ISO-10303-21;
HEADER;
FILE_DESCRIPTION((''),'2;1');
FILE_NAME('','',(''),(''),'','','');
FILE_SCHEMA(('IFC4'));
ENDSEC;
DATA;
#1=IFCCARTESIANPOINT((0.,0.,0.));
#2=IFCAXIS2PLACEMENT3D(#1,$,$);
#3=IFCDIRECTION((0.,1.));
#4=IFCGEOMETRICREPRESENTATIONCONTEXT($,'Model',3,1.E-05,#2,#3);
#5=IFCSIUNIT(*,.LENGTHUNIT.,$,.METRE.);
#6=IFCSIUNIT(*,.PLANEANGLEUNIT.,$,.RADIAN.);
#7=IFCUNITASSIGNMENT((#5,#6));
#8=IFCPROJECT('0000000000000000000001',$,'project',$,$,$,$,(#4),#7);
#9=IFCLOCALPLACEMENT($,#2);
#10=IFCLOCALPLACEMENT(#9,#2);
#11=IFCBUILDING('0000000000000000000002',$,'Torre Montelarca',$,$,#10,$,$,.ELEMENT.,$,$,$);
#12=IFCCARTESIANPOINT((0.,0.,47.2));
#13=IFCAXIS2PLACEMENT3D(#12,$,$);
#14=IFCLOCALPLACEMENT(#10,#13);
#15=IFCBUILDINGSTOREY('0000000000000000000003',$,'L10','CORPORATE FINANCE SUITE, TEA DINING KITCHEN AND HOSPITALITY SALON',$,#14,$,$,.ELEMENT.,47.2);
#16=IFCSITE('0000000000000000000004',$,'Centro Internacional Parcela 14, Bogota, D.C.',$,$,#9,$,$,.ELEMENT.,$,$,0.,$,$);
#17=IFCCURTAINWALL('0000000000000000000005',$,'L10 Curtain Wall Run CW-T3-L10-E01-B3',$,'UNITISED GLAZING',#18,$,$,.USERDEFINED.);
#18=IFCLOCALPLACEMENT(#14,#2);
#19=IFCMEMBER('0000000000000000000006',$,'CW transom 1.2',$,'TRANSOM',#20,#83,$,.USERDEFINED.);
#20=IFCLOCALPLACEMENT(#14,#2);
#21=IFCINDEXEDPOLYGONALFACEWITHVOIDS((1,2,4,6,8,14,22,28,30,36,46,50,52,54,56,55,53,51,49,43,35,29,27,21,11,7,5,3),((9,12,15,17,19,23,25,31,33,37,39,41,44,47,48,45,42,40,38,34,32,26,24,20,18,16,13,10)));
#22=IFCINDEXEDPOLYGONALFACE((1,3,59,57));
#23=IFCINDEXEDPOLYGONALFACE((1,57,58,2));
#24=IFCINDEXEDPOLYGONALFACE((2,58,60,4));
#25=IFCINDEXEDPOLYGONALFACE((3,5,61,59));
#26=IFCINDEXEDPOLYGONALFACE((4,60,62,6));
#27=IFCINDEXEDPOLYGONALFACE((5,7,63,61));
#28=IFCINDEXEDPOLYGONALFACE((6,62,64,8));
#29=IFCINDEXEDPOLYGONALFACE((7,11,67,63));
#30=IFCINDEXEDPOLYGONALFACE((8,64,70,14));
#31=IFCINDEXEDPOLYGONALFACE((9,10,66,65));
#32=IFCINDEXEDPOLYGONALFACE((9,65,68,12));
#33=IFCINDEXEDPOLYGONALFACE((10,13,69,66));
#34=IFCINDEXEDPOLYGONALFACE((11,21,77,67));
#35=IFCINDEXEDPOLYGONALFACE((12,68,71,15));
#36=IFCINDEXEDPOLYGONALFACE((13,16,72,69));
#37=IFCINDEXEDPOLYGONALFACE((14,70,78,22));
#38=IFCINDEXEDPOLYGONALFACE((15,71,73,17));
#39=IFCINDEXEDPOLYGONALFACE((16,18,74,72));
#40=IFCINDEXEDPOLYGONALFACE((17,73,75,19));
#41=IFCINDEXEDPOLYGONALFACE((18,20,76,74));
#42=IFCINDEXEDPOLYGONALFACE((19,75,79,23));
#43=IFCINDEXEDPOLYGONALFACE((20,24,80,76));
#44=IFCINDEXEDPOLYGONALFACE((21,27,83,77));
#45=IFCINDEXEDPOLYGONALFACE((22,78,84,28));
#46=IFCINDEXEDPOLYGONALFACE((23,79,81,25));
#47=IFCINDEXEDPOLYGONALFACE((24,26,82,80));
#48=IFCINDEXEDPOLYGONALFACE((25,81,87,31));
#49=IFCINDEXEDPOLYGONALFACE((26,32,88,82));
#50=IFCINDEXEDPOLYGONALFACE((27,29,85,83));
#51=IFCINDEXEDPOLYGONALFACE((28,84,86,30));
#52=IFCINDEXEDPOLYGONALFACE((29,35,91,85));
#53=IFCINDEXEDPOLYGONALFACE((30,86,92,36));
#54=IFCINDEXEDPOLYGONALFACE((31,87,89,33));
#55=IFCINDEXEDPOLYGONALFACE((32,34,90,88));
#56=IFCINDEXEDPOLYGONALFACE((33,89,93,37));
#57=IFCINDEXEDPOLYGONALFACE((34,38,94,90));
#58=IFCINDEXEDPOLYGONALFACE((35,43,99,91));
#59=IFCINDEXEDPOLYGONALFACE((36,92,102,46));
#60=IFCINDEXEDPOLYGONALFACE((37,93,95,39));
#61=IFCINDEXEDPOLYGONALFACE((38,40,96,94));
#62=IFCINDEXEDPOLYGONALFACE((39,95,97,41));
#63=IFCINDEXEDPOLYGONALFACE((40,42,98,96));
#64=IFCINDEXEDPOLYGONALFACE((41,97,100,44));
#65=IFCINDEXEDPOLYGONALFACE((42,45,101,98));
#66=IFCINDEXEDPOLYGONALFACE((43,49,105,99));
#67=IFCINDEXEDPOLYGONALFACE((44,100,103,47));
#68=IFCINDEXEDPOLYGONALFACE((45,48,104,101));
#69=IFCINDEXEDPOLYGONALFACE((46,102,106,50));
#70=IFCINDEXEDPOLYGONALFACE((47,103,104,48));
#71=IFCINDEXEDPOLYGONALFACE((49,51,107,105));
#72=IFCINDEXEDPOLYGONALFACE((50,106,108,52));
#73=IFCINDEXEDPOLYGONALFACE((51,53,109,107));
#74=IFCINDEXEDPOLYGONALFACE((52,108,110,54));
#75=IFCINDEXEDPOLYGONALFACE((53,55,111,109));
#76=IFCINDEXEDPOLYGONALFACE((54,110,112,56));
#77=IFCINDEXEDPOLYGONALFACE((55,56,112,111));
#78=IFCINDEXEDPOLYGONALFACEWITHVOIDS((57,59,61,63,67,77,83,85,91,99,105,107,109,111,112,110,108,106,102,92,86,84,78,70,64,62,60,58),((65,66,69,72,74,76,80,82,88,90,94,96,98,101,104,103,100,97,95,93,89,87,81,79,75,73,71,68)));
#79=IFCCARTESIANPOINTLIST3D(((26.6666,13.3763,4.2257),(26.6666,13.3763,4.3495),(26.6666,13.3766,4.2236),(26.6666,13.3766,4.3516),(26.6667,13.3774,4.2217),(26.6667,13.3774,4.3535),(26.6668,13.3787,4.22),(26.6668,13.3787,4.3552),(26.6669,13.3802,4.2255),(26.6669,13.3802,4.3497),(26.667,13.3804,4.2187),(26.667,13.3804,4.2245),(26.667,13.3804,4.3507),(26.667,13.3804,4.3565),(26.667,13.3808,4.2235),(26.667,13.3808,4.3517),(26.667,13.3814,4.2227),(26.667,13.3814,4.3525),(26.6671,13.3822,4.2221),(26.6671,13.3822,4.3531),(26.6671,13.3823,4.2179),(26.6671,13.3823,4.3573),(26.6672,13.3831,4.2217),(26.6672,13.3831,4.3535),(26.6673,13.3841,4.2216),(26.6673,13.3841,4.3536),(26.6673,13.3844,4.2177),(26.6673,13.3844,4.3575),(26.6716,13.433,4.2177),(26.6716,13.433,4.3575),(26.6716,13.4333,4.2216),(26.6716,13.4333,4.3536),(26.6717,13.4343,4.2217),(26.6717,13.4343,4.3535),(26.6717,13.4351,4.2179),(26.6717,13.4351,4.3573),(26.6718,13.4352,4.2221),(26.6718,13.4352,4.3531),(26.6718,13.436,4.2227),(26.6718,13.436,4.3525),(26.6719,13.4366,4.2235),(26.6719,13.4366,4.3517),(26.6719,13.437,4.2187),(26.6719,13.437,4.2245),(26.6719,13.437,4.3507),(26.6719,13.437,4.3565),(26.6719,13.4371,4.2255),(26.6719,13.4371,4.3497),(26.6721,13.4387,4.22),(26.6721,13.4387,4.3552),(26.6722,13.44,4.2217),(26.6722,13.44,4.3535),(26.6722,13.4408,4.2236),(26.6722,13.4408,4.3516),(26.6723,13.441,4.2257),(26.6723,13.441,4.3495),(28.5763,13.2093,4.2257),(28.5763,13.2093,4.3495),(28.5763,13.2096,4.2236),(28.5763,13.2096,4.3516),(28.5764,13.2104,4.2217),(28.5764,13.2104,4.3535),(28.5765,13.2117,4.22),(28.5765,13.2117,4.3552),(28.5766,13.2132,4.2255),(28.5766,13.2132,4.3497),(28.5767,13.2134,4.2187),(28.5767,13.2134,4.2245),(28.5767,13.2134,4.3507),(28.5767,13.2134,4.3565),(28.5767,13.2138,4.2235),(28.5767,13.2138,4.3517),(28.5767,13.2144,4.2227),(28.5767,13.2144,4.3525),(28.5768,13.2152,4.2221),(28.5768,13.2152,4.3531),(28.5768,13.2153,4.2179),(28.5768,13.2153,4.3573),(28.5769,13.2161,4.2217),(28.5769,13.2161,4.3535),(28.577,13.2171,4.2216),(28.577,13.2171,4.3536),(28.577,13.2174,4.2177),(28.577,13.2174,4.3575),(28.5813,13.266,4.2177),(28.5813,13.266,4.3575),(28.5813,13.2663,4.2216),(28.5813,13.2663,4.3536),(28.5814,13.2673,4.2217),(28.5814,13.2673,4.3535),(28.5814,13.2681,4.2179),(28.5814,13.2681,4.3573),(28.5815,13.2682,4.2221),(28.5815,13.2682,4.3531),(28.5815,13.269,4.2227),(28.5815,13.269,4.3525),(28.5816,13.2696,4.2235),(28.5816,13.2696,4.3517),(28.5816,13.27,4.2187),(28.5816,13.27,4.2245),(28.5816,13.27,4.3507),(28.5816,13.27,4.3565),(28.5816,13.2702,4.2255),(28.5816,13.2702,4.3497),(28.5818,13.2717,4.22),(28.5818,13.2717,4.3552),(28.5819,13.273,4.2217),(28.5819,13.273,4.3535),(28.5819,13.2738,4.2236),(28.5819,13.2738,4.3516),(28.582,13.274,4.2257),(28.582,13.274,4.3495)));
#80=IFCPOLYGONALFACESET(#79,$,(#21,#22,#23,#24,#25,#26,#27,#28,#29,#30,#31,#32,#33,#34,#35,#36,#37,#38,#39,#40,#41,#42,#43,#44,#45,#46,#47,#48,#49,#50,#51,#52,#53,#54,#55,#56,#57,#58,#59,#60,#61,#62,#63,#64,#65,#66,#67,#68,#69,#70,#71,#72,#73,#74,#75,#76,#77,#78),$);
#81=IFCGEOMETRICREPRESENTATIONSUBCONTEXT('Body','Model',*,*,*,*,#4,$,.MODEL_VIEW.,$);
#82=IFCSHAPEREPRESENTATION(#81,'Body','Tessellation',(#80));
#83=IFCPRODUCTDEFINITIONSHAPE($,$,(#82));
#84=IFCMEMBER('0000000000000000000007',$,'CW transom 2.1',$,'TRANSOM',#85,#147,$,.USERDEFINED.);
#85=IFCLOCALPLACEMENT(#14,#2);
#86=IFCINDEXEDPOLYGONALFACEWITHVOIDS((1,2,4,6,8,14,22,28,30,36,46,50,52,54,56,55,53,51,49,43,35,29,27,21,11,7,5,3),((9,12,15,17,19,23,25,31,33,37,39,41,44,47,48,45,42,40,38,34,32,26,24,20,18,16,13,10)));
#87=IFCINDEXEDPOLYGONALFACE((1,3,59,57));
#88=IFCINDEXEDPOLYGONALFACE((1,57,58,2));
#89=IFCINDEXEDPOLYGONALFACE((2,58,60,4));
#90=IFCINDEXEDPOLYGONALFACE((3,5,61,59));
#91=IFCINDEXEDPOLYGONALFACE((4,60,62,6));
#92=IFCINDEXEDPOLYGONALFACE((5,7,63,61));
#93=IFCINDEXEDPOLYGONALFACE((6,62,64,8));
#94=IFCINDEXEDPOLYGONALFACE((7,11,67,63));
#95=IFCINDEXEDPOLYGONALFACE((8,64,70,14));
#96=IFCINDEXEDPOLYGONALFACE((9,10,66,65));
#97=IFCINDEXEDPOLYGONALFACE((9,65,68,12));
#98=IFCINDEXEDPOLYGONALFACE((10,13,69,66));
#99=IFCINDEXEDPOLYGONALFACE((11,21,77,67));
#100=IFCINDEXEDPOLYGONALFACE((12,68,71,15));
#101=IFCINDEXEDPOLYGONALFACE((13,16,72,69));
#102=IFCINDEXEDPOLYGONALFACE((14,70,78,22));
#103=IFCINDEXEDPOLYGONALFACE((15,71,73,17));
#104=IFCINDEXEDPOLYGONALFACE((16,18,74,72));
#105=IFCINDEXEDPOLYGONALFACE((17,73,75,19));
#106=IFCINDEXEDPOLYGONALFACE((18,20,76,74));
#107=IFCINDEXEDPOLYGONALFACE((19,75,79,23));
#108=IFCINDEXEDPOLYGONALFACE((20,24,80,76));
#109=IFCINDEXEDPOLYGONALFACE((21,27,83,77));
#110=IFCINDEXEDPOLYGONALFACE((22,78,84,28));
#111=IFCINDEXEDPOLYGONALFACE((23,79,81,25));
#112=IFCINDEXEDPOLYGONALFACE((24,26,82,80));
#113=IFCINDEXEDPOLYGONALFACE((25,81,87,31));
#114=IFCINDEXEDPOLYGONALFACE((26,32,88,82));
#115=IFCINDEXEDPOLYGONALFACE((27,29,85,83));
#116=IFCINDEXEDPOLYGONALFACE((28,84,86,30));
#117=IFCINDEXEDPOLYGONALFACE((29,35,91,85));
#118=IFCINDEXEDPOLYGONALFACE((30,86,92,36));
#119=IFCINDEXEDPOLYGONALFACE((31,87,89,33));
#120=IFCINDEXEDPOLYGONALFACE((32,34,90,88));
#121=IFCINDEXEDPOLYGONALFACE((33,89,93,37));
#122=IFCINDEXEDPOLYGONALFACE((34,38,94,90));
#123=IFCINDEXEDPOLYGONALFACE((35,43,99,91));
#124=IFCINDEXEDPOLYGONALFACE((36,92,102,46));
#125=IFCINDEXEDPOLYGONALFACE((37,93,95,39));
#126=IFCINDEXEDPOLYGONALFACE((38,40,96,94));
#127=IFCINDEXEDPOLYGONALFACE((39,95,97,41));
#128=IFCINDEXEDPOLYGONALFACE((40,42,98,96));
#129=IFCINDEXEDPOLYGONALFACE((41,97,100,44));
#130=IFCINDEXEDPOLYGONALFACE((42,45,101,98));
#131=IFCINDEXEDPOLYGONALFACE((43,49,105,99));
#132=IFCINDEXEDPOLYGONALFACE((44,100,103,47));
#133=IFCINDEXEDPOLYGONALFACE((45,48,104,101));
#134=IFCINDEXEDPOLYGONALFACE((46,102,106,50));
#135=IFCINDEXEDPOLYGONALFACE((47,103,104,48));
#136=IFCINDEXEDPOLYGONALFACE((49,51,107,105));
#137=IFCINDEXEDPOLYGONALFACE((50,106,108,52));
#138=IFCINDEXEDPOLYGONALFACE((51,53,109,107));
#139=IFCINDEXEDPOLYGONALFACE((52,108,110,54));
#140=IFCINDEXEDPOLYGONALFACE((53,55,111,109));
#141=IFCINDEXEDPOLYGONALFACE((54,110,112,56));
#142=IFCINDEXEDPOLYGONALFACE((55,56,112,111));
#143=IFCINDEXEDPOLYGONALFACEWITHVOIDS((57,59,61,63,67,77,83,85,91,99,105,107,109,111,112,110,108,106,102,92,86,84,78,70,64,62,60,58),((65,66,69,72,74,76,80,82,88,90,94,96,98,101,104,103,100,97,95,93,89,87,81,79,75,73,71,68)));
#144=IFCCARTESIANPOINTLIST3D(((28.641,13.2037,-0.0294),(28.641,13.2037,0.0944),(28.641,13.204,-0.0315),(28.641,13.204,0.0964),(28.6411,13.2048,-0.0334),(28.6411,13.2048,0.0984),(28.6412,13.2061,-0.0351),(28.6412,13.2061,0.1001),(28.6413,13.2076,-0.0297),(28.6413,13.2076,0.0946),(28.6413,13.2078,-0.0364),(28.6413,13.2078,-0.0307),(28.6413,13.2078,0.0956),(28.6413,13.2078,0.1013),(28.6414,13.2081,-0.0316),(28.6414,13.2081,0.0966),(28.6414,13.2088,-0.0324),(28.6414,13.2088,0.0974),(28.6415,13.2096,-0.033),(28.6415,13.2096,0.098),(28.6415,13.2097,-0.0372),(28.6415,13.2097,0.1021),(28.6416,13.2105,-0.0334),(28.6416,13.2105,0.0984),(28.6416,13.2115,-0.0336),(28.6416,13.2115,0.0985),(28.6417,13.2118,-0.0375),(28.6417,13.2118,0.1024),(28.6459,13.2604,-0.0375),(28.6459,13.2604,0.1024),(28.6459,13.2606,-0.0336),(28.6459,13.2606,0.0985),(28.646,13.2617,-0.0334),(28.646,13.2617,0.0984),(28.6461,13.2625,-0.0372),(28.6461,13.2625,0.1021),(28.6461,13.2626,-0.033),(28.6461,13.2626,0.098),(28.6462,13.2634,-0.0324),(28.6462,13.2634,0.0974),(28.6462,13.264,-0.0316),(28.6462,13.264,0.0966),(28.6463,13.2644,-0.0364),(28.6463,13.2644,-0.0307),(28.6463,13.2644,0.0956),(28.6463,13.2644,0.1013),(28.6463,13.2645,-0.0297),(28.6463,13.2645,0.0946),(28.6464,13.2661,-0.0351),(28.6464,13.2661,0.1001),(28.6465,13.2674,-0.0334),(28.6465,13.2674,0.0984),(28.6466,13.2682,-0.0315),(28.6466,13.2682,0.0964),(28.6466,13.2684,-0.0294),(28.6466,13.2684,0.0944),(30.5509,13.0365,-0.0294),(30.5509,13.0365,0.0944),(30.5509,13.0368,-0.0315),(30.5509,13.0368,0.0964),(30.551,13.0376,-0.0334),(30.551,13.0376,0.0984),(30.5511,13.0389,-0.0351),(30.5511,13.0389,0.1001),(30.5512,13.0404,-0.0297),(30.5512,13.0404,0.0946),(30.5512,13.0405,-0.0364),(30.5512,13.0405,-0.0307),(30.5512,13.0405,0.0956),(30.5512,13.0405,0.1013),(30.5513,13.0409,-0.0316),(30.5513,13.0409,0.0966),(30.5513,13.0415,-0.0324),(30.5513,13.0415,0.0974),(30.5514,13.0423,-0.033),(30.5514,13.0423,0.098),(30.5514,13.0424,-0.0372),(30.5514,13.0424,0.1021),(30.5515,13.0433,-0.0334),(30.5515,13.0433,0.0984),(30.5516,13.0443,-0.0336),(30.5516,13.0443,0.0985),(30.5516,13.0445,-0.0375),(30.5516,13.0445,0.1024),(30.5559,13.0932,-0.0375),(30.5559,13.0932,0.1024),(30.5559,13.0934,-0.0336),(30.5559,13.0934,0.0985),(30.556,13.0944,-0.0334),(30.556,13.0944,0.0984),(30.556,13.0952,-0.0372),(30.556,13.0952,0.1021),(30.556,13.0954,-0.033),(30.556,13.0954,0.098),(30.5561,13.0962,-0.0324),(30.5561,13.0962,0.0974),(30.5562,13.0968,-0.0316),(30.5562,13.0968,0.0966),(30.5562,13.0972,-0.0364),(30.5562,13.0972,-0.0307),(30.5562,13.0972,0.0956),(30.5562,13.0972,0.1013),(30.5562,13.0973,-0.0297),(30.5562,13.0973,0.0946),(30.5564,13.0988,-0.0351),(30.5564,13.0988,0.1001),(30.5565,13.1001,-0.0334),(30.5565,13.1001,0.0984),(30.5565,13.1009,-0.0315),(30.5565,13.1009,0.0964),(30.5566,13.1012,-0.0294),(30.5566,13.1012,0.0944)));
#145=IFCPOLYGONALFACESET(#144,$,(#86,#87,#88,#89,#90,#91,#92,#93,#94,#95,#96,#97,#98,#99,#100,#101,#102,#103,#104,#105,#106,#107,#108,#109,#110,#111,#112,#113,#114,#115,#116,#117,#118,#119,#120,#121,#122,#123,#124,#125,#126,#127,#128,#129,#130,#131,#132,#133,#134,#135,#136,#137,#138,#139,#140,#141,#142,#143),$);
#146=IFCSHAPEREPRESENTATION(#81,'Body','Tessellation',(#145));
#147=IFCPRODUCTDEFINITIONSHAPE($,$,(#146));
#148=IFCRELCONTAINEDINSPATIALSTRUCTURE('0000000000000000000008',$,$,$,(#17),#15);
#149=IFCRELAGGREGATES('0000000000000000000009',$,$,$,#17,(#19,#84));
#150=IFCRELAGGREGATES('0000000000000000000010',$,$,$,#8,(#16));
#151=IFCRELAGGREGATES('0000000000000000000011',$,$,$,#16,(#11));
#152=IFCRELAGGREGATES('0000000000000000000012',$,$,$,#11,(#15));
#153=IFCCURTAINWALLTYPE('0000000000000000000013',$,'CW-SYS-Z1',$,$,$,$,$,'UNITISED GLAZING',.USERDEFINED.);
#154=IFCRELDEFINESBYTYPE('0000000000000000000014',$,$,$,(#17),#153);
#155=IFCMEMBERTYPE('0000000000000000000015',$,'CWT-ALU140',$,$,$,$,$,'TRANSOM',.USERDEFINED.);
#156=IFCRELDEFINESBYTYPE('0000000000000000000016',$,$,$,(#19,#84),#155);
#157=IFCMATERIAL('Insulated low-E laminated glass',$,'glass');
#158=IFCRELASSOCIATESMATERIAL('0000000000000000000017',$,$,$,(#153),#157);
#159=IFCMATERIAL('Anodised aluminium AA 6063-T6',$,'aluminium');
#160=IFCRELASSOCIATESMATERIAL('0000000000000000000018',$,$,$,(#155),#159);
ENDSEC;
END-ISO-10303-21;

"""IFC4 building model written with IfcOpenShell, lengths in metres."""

from ifc_helpers import new_model, si_unit, direction, frame, origin, origin_2d, place, context, subcontext, project, spatial, hollow_rectangle, extrude, source, transform, mapped, material, material_profile, profile_set, type_object, element, aggregate, save


model = new_model("IFC4")

# Units and contexts
model_context = context("Model", 3, precision=1e-05, world=origin(), true_north=direction((0.0, 1.0)))
body_context = subcontext(model_context, "Body", "Model", "MODEL_VIEW")
ifc_project = project(units=[si_unit("LENGTHUNIT", "METRE"), si_unit("PLANEANGLEUNIT", "RADIAN")], contexts=[model_context])

# Site, building, storey
site_placement = place(None, origin())
site = spatial("IfcSite", under=ifc_project, at=site_placement, Name="Centro Internacional Parcela 14, Bogota, D.C.", CompositionType="ELEMENT", RefElevation=0.0)
building_placement = place(site_placement, origin())
building = spatial("IfcBuilding", under=site, at=building_placement, Name="Torre Montelarca", CompositionType="ELEMENT")
storey_placement = place(building_placement, frame((0.0, 0.0, 47.2)))
storey = spatial("IfcBuildingStorey", under=building, at=storey_placement, Name="L10", Description="CORPORATE FINANCE SUITE, TEA DINING KITCHEN AND HOSPITALITY SALON", CompositionType="ELEMENT", Elevation=47.2)

# Shared definitions
ifc_material_1 = material(Name="Insulated low-E laminated glass", Category="glass")
curtain_wall_type = type_object("IfcCurtainWallType", Name="CW-SYS-Z1", ElementType="UNITISED GLAZING", PredefinedType="USERDEFINED", material=ifc_material_1)
ifc_material_2 = material(Name="Anodised aluminium AA 6063-T6", Category="aluminium")

# Curtain wall
curtain_wall_1_placement = place(storey_placement, origin())
curtain_wall_1 = element("IfcCurtainWall", 1, at=curtain_wall_1_placement, inside=storey, type_object=curtain_wall_type, Name="L10 Curtain Wall Run CW-T3-L10-E01-B3", ObjectType="UNITISED GLAZING", PredefinedType="USERDEFINED")

# Members
ifc_material_profile_1 = material_profile(ifc_material_2, hollow_rectangle(XDim=0.0649, YDim=0.1399, WallThickness=0.0039, InnerFilletRadius=0.0039, OuterFilletRadius=0.0081, at=origin_2d()), Name="ALU65X140X4", Category="aluminium")
ifc_profile_set_1 = profile_set([ifc_material_profile_1], Name="Anodised aluminium AA 6063-T6")
member_type_1 = type_object("IfcMemberType", Name="CWT-ALU140", ElementType="TRANSOM", PredefinedType="USERDEFINED", material=ifc_profile_set_1)
shared_shape_1 = source(origin(), body_context, "Body", "SweptSolid", [
    extrude(hollow_rectangle(XDim=0.0649, YDim=0.1399, WallThickness=0.0039, InnerFilletRadius=0.0039, OuterFilletRadius=0.0081, at=origin_2d()), origin(), (0.0, 0.0, 1.0), 1.917),
])
member_1_placement = place(storey_placement, frame((26.6694, 13.4087, 4.2876), z_axis=(0.996198, -0.087113, 0.0), x_axis=(0.087113, 0.996198, 0.0)))
member_1 = element("IfcMember", 2, at=member_1_placement, type_object=member_type_1, Name="CW transom 1.2", ObjectType="TRANSOM", PredefinedType="USERDEFINED", context=body_context, shape_type="MappedRepresentation", body=[
    mapped(shared_shape_1, transform((0.0, 0.0, 0.0), scale=1.0)),
])
shared_shape_2 = source(origin(), body_context, "Body", "SweptSolid", [
    extrude(hollow_rectangle(XDim=0.0649, YDim=0.1399, WallThickness=0.0039, InnerFilletRadius=0.0039, OuterFilletRadius=0.0081, at=origin_2d()), origin(), (0.0, 0.0, 1.0), 1.9172),
])
member_2_placement = place(storey_placement, frame((28.6438, 13.2361, 0.0325), z_axis=(0.996188, -0.087229, 0.0), x_axis=(0.087229, 0.996188, 0.0)))
member_2 = element("IfcMember", 3, at=member_2_placement, type_object=member_type_1, Name="CW transom 2.1", ObjectType="TRANSOM", PredefinedType="USERDEFINED", context=body_context, shape_type="MappedRepresentation", body=[
    mapped(shared_shape_2, transform((0.0, 0.0, 0.0), scale=1.0)),
])

aggregate(curtain_wall_1, [member_1, member_2])

save(model, "model.ifc")
